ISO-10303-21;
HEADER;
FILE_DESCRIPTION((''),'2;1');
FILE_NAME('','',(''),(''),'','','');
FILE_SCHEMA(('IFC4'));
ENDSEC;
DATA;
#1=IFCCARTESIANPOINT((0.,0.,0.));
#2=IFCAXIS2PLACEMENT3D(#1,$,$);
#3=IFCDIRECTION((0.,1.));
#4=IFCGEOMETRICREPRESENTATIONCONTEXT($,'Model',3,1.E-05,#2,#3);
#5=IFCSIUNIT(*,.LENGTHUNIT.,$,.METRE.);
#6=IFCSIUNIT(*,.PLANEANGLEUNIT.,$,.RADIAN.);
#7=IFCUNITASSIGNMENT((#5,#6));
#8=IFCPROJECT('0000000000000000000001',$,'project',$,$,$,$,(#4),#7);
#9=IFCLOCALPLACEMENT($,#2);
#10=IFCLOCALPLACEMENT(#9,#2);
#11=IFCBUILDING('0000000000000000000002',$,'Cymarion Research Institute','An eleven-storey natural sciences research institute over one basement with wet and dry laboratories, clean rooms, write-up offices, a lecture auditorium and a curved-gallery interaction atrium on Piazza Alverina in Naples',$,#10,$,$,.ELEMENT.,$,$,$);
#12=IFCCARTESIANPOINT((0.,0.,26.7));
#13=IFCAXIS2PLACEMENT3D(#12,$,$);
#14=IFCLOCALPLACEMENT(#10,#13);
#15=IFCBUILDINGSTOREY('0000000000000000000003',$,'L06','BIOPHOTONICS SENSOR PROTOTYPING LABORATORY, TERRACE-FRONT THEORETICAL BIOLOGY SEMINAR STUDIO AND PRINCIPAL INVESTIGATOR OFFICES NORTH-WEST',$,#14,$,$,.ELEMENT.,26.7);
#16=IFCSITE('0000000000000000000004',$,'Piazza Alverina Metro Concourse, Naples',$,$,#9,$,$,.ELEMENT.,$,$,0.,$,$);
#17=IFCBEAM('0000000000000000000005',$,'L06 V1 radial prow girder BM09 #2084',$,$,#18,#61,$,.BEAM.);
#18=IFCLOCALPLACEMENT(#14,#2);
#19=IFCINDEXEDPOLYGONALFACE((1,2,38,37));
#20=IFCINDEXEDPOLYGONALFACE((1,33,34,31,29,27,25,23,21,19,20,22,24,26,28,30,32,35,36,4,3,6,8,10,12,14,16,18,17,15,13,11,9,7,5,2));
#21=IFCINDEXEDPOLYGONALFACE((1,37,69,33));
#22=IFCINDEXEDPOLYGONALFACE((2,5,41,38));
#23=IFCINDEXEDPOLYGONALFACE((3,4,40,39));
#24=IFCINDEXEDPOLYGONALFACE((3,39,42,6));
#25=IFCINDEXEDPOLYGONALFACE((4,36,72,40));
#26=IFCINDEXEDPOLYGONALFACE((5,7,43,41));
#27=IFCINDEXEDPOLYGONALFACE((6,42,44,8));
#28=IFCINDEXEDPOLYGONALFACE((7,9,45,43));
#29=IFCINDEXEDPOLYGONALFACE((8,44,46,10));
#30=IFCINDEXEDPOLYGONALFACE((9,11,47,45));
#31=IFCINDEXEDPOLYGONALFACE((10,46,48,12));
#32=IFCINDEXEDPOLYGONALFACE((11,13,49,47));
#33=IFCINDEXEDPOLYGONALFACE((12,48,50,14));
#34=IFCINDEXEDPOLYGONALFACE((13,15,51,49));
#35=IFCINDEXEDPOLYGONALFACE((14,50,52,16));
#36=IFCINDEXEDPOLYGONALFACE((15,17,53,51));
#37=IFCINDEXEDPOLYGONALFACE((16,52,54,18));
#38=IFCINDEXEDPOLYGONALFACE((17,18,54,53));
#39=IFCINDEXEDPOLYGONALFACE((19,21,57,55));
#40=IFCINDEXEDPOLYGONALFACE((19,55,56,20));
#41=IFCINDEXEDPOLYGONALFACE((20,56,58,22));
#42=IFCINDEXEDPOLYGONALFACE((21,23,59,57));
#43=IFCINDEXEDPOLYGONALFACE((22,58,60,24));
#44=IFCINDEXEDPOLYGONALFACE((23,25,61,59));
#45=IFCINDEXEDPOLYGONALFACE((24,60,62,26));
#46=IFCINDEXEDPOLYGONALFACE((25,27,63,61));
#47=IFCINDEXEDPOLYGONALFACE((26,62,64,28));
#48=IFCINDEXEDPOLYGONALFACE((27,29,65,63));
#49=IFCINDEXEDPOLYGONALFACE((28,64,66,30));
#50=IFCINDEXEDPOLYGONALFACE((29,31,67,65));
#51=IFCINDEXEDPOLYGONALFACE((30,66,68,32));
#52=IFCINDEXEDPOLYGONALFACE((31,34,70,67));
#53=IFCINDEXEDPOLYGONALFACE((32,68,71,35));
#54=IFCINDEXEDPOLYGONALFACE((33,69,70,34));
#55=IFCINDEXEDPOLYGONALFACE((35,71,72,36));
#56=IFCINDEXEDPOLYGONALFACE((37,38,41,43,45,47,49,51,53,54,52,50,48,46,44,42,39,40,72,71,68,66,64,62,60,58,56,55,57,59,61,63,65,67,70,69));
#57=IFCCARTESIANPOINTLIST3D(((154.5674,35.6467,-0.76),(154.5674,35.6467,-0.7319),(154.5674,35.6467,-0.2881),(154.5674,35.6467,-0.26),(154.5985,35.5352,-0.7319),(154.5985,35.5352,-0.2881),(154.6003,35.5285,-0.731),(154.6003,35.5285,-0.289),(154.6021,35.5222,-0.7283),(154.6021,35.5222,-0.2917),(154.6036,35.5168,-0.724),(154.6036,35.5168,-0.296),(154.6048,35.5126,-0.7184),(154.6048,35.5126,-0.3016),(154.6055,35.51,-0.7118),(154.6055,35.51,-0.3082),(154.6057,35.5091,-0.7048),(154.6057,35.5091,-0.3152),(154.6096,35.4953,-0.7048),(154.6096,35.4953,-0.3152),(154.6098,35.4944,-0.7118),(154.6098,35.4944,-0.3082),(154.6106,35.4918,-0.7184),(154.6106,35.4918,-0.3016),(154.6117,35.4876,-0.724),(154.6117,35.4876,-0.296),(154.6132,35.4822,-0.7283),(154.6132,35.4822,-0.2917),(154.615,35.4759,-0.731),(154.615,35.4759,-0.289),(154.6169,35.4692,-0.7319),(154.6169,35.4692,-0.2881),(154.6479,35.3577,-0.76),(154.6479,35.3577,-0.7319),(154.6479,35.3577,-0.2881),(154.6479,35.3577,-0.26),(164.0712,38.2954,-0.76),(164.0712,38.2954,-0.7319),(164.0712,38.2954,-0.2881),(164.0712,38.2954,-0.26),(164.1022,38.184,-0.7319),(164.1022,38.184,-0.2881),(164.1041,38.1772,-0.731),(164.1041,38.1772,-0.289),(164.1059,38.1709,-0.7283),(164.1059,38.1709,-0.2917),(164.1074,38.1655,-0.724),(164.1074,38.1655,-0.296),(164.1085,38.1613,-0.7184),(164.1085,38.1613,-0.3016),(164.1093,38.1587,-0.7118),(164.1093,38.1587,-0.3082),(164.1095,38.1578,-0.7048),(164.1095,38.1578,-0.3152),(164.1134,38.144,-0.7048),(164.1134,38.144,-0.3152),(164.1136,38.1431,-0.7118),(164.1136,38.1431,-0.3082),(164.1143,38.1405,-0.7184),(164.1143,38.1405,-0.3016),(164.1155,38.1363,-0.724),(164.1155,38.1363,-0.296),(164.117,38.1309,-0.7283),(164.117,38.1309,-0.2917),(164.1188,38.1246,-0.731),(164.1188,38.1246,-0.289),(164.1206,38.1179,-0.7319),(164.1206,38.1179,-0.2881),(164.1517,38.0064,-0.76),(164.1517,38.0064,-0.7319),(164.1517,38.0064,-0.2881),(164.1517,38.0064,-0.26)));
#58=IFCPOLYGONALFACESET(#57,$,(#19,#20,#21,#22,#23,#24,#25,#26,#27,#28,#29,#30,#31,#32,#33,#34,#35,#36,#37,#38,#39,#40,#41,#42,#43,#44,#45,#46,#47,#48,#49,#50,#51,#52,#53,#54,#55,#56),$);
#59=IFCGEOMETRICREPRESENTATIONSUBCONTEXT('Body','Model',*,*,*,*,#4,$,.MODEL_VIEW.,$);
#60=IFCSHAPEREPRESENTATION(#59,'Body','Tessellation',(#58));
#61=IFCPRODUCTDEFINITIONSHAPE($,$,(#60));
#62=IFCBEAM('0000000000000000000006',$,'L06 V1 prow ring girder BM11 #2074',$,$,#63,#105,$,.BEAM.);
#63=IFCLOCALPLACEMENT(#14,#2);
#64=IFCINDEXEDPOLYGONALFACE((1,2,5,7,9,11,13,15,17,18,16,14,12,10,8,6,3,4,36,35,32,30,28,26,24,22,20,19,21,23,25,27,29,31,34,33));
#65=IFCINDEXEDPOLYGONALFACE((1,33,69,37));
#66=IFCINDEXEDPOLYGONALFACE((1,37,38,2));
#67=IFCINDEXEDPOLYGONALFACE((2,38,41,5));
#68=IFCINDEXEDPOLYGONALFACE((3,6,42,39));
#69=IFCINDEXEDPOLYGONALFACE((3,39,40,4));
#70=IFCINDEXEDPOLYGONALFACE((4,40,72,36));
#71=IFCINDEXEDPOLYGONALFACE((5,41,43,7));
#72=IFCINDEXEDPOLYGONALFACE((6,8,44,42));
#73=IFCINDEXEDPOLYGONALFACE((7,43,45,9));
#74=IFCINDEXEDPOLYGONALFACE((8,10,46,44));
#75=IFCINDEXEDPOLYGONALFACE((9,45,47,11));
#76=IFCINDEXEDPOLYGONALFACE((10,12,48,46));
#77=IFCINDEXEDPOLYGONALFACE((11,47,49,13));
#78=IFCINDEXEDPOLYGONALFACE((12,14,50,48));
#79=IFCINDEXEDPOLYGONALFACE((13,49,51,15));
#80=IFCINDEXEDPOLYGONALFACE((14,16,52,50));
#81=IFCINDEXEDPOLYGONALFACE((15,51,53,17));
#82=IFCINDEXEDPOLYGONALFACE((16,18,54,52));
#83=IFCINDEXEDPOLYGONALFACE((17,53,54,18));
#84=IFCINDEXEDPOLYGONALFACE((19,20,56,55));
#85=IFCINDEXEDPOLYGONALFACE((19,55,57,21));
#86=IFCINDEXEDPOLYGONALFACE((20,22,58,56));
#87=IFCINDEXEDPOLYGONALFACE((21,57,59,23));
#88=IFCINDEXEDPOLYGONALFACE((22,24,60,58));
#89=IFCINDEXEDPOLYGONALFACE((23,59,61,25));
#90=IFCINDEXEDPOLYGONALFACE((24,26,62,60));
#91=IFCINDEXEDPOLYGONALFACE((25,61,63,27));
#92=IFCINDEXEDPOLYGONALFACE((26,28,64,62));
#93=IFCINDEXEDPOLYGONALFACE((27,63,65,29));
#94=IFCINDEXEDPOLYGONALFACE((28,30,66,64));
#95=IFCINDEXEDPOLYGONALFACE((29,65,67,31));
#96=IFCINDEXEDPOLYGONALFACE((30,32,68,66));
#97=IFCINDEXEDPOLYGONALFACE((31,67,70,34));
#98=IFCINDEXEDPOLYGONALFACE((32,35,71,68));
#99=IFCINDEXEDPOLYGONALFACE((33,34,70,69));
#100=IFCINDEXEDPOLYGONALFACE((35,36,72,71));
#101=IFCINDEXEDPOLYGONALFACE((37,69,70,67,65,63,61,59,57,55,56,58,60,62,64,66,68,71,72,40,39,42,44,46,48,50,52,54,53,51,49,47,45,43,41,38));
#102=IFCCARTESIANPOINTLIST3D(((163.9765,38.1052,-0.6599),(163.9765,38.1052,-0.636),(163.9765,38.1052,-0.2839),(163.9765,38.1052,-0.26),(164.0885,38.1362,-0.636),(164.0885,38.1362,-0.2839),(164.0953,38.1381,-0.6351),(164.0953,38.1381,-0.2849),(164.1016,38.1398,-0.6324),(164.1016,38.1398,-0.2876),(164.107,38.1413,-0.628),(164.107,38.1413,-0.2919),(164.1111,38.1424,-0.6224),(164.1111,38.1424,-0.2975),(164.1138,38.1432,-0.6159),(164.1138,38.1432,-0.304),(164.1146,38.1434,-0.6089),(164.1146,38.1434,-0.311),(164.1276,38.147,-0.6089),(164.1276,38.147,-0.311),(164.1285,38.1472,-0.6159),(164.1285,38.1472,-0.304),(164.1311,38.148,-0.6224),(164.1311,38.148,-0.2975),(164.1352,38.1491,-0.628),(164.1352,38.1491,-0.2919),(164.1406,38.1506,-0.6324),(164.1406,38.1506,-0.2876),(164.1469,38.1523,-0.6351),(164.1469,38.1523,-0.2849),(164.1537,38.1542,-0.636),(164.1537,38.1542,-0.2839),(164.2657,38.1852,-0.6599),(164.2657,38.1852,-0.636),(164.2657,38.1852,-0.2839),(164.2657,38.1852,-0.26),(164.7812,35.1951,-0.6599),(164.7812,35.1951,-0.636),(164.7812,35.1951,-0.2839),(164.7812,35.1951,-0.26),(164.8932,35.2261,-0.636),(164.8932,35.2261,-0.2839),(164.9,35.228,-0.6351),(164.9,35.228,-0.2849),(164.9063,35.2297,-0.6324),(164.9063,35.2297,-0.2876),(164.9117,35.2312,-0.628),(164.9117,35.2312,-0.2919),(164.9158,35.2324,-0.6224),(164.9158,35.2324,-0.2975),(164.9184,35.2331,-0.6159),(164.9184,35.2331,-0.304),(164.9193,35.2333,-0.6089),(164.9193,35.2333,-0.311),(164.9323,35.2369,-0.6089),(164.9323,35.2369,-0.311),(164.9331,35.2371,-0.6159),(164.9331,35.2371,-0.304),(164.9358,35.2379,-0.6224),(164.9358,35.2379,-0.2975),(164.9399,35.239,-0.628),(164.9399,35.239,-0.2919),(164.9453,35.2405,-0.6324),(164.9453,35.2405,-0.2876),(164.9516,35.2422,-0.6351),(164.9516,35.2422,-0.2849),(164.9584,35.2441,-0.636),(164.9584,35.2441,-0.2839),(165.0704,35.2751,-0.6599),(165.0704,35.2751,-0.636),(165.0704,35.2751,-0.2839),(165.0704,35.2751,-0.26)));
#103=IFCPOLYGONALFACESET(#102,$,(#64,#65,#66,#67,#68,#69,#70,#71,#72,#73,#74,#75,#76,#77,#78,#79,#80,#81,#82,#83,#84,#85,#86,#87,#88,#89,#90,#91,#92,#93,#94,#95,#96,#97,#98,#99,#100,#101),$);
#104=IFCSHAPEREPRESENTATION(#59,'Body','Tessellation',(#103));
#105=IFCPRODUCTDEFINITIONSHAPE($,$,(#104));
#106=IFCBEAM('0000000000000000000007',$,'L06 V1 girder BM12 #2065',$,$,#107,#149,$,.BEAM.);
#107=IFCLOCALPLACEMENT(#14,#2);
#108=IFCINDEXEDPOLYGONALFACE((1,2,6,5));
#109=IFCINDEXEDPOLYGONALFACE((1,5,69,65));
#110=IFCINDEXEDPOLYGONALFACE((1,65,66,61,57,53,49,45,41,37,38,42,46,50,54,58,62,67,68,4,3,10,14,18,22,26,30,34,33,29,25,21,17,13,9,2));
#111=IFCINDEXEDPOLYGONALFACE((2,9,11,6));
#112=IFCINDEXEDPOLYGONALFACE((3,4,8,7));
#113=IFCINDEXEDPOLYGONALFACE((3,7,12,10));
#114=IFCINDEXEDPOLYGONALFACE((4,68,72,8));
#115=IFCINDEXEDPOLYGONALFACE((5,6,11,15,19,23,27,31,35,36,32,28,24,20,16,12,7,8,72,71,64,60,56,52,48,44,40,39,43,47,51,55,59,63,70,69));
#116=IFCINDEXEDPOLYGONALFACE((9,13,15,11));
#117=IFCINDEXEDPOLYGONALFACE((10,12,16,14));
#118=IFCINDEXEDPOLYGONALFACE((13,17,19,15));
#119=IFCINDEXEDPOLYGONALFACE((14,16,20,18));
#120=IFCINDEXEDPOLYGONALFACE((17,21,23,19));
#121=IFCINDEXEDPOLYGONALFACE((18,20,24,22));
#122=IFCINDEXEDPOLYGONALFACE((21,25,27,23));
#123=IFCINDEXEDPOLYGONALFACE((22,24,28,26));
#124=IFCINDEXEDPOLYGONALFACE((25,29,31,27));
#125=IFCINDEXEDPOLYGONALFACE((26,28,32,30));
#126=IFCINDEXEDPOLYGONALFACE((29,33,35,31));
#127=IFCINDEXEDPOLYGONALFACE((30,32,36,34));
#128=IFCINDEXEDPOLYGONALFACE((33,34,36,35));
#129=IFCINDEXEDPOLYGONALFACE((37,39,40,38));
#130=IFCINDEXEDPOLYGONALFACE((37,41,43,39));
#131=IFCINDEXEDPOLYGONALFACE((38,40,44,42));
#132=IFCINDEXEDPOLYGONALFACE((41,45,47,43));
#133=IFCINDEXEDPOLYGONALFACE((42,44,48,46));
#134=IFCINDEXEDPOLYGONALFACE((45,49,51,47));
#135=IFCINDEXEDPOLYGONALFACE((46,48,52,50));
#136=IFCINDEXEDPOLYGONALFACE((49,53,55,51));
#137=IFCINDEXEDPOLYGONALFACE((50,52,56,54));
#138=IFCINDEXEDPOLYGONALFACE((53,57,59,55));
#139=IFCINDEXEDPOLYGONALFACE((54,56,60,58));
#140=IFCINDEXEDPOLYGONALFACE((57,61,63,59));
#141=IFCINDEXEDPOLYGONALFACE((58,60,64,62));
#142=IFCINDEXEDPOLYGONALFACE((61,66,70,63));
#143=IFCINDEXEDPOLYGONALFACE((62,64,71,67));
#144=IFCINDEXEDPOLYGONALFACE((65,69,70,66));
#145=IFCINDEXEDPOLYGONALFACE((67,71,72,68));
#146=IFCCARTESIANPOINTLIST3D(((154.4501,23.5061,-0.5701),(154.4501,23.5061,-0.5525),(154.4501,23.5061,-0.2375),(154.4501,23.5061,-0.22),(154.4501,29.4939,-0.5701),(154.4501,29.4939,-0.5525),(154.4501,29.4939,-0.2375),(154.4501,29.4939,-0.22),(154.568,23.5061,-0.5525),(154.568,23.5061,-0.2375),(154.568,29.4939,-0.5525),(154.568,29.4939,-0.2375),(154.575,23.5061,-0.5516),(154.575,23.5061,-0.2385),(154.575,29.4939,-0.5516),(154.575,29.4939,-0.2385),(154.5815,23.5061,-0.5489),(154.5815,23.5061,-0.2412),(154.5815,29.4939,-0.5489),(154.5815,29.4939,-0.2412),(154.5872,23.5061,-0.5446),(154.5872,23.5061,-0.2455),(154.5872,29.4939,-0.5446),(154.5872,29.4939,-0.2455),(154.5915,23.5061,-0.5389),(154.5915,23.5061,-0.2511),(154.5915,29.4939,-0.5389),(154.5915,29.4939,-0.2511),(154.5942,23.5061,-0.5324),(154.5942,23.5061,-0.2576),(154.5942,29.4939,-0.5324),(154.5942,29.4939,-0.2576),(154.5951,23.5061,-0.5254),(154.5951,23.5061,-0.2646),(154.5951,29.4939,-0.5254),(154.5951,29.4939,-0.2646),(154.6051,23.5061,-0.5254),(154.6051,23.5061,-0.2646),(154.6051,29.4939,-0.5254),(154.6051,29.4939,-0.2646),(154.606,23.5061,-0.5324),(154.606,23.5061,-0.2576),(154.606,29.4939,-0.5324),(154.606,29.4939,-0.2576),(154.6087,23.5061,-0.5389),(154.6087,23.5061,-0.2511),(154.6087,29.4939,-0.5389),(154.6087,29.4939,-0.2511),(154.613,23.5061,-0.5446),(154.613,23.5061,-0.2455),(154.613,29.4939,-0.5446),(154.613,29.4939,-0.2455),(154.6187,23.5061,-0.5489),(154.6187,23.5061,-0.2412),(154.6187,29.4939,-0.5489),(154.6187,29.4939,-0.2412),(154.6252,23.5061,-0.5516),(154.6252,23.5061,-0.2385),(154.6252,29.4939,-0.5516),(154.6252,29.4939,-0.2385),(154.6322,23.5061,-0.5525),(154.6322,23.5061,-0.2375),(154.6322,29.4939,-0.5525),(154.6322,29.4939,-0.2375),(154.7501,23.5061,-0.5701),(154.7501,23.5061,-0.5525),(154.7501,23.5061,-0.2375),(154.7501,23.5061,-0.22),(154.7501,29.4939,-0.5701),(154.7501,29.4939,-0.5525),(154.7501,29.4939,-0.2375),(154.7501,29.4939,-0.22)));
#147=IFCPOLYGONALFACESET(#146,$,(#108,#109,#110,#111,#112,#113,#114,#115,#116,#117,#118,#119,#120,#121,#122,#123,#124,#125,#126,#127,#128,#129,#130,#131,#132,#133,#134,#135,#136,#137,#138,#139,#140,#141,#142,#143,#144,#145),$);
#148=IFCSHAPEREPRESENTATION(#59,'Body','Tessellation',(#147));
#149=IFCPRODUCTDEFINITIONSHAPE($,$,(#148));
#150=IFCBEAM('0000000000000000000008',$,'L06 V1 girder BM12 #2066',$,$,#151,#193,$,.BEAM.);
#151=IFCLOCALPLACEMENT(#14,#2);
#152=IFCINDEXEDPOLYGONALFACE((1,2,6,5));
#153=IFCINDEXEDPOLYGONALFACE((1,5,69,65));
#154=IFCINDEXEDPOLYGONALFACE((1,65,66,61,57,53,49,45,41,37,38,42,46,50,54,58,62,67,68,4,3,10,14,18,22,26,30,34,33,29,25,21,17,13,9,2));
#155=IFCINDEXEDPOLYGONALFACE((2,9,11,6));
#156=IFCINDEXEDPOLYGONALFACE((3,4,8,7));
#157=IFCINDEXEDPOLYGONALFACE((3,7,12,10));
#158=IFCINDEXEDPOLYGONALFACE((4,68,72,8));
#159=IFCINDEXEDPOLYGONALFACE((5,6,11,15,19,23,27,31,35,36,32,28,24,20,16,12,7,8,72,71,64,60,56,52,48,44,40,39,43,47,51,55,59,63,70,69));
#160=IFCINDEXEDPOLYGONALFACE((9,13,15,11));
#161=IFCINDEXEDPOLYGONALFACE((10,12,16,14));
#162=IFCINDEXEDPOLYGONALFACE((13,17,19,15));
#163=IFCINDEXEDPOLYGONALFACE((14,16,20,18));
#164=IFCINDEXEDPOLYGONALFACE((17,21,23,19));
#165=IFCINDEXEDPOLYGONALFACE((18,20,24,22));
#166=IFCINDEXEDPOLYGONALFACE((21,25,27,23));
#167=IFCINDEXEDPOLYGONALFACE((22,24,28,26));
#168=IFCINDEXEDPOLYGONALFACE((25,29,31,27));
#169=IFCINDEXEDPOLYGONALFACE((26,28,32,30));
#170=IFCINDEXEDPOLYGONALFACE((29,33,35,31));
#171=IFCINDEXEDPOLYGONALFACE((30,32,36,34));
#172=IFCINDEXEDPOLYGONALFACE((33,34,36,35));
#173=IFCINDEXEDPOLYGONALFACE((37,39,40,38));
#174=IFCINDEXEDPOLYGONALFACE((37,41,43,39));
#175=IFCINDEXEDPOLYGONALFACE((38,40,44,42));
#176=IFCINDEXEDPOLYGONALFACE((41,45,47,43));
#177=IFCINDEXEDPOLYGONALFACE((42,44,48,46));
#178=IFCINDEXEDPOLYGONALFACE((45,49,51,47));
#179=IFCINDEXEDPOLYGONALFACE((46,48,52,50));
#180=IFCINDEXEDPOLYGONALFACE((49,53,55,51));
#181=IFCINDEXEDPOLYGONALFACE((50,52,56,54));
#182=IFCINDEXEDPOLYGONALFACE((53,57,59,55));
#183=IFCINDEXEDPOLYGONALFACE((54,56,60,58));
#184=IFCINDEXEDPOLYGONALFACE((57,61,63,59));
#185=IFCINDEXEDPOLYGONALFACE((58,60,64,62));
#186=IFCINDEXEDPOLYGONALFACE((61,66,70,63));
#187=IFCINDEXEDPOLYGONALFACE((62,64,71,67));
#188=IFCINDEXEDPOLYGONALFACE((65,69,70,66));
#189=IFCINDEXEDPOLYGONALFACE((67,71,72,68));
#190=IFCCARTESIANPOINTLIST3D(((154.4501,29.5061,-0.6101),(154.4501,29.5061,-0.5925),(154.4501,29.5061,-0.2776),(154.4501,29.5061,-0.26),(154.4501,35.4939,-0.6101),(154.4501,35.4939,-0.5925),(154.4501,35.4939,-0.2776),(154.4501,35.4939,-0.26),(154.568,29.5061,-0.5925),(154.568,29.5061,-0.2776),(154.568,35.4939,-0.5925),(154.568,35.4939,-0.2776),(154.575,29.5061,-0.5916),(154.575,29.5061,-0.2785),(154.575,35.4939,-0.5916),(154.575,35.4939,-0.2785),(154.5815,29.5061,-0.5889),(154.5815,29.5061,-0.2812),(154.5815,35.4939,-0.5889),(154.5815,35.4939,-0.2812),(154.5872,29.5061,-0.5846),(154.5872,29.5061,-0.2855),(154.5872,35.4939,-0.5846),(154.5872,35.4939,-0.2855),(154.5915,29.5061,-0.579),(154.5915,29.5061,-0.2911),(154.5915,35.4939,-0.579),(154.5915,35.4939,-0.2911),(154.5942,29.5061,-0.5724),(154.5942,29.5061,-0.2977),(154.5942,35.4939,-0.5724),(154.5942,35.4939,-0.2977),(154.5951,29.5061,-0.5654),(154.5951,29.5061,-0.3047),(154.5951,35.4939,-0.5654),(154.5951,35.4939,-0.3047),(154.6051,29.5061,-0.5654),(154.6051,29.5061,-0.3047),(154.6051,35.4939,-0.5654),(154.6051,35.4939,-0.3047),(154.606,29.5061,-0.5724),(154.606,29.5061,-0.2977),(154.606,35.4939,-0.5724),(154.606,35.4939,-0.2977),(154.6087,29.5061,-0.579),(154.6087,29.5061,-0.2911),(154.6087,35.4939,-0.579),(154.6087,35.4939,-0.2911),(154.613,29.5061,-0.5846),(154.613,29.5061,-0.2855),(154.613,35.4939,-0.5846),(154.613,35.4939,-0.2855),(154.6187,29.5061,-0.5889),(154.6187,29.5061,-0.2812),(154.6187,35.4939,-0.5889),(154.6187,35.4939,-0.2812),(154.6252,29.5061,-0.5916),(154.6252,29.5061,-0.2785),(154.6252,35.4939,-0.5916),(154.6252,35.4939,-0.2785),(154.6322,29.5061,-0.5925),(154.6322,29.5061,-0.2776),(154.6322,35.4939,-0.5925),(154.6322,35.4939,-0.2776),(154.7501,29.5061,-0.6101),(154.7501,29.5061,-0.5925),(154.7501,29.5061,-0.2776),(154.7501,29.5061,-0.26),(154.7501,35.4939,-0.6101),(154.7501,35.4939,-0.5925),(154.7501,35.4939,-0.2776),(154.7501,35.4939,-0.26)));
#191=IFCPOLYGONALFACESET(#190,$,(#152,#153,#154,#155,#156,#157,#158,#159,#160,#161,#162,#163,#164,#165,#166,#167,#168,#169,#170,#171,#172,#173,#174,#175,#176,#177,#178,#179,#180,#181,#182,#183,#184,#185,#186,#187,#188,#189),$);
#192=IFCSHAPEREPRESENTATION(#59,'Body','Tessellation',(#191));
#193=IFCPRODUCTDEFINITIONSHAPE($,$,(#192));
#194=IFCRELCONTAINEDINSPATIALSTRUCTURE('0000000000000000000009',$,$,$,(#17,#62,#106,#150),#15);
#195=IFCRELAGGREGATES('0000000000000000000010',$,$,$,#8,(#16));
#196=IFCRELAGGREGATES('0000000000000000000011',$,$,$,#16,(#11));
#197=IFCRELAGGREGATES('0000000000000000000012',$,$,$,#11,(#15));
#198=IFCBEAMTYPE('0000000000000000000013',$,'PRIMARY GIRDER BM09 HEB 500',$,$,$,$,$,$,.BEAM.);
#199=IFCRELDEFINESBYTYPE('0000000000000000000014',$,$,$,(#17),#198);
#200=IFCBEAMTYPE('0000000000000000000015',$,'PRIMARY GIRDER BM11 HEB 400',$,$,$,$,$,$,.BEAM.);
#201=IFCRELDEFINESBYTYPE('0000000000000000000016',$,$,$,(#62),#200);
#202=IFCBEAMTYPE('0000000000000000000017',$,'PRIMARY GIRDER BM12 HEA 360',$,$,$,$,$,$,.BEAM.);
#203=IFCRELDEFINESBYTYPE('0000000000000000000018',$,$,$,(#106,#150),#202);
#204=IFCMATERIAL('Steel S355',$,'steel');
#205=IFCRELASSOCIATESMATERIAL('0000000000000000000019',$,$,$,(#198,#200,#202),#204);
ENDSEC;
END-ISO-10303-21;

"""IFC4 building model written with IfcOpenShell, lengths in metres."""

from ifc_helpers import new_model, si_unit, direction, frame, origin, origin_2d, place, context, subcontext, project, spatial, i_section, extrude, material, material_profile, profile_set, type_object, element, save


model = new_model("IFC4")

# Units and contexts
model_context = context("Model", 3, precision=1e-05, world=origin(), true_north=direction((0.0, 1.0)))
body_context = subcontext(model_context, "Body", "Model", "MODEL_VIEW")
ifc_project = project(units=[si_unit("LENGTHUNIT", "METRE"), si_unit("PLANEANGLEUNIT", "RADIAN")], contexts=[model_context])

# Site, building, storey
site_placement = place(None, origin())
site = spatial("IfcSite", under=ifc_project, at=site_placement, Name="Piazza Alverina Metro Concourse, Naples", CompositionType="ELEMENT", RefElevation=0.0)
building_placement = place(site_placement, origin())
building = spatial("IfcBuilding", under=site, at=building_placement, Name="Cymarion Research Institute", Description="An eleven-storey natural sciences research institute over one basement with wet and dry laboratories, clean rooms, write-up offices, a lecture auditorium and a curved-gallery interaction atrium on Piazza Alverina in Naples", CompositionType="ELEMENT")
storey_placement = place(building_placement, frame((0.0, 0.0, 26.7)))
storey = spatial("IfcBuildingStorey", under=building, at=storey_placement, Name="L06", Description="BIOPHOTONICS SENSOR PROTOTYPING LABORATORY, TERRACE-FRONT THEORETICAL BIOLOGY SEMINAR STUDIO AND PRINCIPAL INVESTIGATOR OFFICES NORTH-WEST", CompositionType="ELEMENT", Elevation=26.7)

# Shared definitions
ifc_material_1 = material(Name="Steel S355", Category="steel")

# Beams
ifc_material_profile_1 = material_profile(ifc_material_1, i_section(OverallWidth=0.3, OverallDepth=0.5, WebThickness=0.0144, FlangeThickness=0.0281, FilletRadius=0.0271, at=origin_2d()), Name="HEB 500")
ifc_profile_set_1 = profile_set([ifc_material_profile_1], Name="Steel S355")
beam_type_1 = type_object("IfcBeamType", Name="PRIMARY GIRDER BM09 HEB 500", PredefinedType="BEAM", material=ifc_profile_set_1)
beam_1_placement = place(storey_placement, frame((154.6077, 35.5022, -0.51), z_axis=(0.963288, 0.26847, 0.0), x_axis=(-0.26847, 0.963288, 0.0)))
element("IfcBeam", 1, at=beam_1_placement, inside=storey, type_object=beam_type_1, Name="L06 V1 radial prow girder BM09 #2084", PredefinedType="BEAM", context=body_context, shape_type="SweptSolid", body=[
    extrude(i_section(OverallWidth=0.3, OverallDepth=0.5, WebThickness=0.0144, FlangeThickness=0.0281, FilletRadius=0.0271, at=origin_2d()), origin(), (0.0, 0.0, 1.0), 9.866),
])
ifc_material_profile_2 = material_profile(ifc_material_1, i_section(OverallWidth=0.3, OverallDepth=0.3999, WebThickness=0.0134, FlangeThickness=0.0239, FilletRadius=0.0271, at=origin_2d()), Name="HEB 400")
ifc_profile_set_2 = profile_set([ifc_material_profile_2], Name="Steel S355")
beam_type_2 = type_object("IfcBeamType", Name="PRIMARY GIRDER BM11 HEB 400", PredefinedType="BEAM", material=ifc_profile_set_2)
beam_2_placement = place(storey_placement, frame((164.9258, 35.2351, -0.46), z_axis=(-0.266509, 0.963832, 0.0), x_axis=(-0.963832, -0.266509, 0.0)))
element("IfcBeam", 2, at=beam_2_placement, inside=storey, type_object=beam_type_2, Name="L06 V1 prow ring girder BM11 #2074", PredefinedType="BEAM", context=body_context, shape_type="SweptSolid", body=[
    extrude(i_section(OverallWidth=0.3, OverallDepth=0.3999, WebThickness=0.0134, FlangeThickness=0.0239, FilletRadius=0.0271, at=origin_2d()), origin(), (0.0, 0.0, 1.0), 3.0193),
])
ifc_material_profile_3 = material_profile(ifc_material_1, i_section(OverallWidth=0.3, OverallDepth=0.3501, WebThickness=0.01, FlangeThickness=0.0176, FilletRadius=0.0271, at=origin_2d()), Name="HEA 360")
ifc_profile_set_3 = profile_set([ifc_material_profile_3], Name="Steel S355")
beam_type_3 = type_object("IfcBeamType", Name="PRIMARY GIRDER BM12 HEA 360", PredefinedType="BEAM", material=ifc_profile_set_3)
for number, where, z_axis, x_axis, name in (
    (3, (154.6001, 23.5061, -0.395), (0.0, 1.0, 0.0), (-1.0, 0.0, 0.0), "L06 V1 girder BM12 #2065"),
    (4, (154.6001, 29.5061, -0.4351), (0.0, 1.0, 0.0), (-1.0, 0.0, 0.0), "L06 V1 girder BM12 #2066"),
):
    element("IfcBeam", number, at=place(storey_placement, frame(where, z_axis=z_axis, x_axis=x_axis)), inside=storey, type_object=beam_type_3, Name=name, PredefinedType="BEAM", context=body_context, shape_type="SweptSolid", body=[
        extrude(i_section(OverallWidth=0.3, OverallDepth=0.3501, WebThickness=0.01, FlangeThickness=0.0176, FilletRadius=0.0271, at=origin_2d()), origin(), (0.0, 0.0, 1.0), 5.9878),
    ])

save(model, "model.ifc")
